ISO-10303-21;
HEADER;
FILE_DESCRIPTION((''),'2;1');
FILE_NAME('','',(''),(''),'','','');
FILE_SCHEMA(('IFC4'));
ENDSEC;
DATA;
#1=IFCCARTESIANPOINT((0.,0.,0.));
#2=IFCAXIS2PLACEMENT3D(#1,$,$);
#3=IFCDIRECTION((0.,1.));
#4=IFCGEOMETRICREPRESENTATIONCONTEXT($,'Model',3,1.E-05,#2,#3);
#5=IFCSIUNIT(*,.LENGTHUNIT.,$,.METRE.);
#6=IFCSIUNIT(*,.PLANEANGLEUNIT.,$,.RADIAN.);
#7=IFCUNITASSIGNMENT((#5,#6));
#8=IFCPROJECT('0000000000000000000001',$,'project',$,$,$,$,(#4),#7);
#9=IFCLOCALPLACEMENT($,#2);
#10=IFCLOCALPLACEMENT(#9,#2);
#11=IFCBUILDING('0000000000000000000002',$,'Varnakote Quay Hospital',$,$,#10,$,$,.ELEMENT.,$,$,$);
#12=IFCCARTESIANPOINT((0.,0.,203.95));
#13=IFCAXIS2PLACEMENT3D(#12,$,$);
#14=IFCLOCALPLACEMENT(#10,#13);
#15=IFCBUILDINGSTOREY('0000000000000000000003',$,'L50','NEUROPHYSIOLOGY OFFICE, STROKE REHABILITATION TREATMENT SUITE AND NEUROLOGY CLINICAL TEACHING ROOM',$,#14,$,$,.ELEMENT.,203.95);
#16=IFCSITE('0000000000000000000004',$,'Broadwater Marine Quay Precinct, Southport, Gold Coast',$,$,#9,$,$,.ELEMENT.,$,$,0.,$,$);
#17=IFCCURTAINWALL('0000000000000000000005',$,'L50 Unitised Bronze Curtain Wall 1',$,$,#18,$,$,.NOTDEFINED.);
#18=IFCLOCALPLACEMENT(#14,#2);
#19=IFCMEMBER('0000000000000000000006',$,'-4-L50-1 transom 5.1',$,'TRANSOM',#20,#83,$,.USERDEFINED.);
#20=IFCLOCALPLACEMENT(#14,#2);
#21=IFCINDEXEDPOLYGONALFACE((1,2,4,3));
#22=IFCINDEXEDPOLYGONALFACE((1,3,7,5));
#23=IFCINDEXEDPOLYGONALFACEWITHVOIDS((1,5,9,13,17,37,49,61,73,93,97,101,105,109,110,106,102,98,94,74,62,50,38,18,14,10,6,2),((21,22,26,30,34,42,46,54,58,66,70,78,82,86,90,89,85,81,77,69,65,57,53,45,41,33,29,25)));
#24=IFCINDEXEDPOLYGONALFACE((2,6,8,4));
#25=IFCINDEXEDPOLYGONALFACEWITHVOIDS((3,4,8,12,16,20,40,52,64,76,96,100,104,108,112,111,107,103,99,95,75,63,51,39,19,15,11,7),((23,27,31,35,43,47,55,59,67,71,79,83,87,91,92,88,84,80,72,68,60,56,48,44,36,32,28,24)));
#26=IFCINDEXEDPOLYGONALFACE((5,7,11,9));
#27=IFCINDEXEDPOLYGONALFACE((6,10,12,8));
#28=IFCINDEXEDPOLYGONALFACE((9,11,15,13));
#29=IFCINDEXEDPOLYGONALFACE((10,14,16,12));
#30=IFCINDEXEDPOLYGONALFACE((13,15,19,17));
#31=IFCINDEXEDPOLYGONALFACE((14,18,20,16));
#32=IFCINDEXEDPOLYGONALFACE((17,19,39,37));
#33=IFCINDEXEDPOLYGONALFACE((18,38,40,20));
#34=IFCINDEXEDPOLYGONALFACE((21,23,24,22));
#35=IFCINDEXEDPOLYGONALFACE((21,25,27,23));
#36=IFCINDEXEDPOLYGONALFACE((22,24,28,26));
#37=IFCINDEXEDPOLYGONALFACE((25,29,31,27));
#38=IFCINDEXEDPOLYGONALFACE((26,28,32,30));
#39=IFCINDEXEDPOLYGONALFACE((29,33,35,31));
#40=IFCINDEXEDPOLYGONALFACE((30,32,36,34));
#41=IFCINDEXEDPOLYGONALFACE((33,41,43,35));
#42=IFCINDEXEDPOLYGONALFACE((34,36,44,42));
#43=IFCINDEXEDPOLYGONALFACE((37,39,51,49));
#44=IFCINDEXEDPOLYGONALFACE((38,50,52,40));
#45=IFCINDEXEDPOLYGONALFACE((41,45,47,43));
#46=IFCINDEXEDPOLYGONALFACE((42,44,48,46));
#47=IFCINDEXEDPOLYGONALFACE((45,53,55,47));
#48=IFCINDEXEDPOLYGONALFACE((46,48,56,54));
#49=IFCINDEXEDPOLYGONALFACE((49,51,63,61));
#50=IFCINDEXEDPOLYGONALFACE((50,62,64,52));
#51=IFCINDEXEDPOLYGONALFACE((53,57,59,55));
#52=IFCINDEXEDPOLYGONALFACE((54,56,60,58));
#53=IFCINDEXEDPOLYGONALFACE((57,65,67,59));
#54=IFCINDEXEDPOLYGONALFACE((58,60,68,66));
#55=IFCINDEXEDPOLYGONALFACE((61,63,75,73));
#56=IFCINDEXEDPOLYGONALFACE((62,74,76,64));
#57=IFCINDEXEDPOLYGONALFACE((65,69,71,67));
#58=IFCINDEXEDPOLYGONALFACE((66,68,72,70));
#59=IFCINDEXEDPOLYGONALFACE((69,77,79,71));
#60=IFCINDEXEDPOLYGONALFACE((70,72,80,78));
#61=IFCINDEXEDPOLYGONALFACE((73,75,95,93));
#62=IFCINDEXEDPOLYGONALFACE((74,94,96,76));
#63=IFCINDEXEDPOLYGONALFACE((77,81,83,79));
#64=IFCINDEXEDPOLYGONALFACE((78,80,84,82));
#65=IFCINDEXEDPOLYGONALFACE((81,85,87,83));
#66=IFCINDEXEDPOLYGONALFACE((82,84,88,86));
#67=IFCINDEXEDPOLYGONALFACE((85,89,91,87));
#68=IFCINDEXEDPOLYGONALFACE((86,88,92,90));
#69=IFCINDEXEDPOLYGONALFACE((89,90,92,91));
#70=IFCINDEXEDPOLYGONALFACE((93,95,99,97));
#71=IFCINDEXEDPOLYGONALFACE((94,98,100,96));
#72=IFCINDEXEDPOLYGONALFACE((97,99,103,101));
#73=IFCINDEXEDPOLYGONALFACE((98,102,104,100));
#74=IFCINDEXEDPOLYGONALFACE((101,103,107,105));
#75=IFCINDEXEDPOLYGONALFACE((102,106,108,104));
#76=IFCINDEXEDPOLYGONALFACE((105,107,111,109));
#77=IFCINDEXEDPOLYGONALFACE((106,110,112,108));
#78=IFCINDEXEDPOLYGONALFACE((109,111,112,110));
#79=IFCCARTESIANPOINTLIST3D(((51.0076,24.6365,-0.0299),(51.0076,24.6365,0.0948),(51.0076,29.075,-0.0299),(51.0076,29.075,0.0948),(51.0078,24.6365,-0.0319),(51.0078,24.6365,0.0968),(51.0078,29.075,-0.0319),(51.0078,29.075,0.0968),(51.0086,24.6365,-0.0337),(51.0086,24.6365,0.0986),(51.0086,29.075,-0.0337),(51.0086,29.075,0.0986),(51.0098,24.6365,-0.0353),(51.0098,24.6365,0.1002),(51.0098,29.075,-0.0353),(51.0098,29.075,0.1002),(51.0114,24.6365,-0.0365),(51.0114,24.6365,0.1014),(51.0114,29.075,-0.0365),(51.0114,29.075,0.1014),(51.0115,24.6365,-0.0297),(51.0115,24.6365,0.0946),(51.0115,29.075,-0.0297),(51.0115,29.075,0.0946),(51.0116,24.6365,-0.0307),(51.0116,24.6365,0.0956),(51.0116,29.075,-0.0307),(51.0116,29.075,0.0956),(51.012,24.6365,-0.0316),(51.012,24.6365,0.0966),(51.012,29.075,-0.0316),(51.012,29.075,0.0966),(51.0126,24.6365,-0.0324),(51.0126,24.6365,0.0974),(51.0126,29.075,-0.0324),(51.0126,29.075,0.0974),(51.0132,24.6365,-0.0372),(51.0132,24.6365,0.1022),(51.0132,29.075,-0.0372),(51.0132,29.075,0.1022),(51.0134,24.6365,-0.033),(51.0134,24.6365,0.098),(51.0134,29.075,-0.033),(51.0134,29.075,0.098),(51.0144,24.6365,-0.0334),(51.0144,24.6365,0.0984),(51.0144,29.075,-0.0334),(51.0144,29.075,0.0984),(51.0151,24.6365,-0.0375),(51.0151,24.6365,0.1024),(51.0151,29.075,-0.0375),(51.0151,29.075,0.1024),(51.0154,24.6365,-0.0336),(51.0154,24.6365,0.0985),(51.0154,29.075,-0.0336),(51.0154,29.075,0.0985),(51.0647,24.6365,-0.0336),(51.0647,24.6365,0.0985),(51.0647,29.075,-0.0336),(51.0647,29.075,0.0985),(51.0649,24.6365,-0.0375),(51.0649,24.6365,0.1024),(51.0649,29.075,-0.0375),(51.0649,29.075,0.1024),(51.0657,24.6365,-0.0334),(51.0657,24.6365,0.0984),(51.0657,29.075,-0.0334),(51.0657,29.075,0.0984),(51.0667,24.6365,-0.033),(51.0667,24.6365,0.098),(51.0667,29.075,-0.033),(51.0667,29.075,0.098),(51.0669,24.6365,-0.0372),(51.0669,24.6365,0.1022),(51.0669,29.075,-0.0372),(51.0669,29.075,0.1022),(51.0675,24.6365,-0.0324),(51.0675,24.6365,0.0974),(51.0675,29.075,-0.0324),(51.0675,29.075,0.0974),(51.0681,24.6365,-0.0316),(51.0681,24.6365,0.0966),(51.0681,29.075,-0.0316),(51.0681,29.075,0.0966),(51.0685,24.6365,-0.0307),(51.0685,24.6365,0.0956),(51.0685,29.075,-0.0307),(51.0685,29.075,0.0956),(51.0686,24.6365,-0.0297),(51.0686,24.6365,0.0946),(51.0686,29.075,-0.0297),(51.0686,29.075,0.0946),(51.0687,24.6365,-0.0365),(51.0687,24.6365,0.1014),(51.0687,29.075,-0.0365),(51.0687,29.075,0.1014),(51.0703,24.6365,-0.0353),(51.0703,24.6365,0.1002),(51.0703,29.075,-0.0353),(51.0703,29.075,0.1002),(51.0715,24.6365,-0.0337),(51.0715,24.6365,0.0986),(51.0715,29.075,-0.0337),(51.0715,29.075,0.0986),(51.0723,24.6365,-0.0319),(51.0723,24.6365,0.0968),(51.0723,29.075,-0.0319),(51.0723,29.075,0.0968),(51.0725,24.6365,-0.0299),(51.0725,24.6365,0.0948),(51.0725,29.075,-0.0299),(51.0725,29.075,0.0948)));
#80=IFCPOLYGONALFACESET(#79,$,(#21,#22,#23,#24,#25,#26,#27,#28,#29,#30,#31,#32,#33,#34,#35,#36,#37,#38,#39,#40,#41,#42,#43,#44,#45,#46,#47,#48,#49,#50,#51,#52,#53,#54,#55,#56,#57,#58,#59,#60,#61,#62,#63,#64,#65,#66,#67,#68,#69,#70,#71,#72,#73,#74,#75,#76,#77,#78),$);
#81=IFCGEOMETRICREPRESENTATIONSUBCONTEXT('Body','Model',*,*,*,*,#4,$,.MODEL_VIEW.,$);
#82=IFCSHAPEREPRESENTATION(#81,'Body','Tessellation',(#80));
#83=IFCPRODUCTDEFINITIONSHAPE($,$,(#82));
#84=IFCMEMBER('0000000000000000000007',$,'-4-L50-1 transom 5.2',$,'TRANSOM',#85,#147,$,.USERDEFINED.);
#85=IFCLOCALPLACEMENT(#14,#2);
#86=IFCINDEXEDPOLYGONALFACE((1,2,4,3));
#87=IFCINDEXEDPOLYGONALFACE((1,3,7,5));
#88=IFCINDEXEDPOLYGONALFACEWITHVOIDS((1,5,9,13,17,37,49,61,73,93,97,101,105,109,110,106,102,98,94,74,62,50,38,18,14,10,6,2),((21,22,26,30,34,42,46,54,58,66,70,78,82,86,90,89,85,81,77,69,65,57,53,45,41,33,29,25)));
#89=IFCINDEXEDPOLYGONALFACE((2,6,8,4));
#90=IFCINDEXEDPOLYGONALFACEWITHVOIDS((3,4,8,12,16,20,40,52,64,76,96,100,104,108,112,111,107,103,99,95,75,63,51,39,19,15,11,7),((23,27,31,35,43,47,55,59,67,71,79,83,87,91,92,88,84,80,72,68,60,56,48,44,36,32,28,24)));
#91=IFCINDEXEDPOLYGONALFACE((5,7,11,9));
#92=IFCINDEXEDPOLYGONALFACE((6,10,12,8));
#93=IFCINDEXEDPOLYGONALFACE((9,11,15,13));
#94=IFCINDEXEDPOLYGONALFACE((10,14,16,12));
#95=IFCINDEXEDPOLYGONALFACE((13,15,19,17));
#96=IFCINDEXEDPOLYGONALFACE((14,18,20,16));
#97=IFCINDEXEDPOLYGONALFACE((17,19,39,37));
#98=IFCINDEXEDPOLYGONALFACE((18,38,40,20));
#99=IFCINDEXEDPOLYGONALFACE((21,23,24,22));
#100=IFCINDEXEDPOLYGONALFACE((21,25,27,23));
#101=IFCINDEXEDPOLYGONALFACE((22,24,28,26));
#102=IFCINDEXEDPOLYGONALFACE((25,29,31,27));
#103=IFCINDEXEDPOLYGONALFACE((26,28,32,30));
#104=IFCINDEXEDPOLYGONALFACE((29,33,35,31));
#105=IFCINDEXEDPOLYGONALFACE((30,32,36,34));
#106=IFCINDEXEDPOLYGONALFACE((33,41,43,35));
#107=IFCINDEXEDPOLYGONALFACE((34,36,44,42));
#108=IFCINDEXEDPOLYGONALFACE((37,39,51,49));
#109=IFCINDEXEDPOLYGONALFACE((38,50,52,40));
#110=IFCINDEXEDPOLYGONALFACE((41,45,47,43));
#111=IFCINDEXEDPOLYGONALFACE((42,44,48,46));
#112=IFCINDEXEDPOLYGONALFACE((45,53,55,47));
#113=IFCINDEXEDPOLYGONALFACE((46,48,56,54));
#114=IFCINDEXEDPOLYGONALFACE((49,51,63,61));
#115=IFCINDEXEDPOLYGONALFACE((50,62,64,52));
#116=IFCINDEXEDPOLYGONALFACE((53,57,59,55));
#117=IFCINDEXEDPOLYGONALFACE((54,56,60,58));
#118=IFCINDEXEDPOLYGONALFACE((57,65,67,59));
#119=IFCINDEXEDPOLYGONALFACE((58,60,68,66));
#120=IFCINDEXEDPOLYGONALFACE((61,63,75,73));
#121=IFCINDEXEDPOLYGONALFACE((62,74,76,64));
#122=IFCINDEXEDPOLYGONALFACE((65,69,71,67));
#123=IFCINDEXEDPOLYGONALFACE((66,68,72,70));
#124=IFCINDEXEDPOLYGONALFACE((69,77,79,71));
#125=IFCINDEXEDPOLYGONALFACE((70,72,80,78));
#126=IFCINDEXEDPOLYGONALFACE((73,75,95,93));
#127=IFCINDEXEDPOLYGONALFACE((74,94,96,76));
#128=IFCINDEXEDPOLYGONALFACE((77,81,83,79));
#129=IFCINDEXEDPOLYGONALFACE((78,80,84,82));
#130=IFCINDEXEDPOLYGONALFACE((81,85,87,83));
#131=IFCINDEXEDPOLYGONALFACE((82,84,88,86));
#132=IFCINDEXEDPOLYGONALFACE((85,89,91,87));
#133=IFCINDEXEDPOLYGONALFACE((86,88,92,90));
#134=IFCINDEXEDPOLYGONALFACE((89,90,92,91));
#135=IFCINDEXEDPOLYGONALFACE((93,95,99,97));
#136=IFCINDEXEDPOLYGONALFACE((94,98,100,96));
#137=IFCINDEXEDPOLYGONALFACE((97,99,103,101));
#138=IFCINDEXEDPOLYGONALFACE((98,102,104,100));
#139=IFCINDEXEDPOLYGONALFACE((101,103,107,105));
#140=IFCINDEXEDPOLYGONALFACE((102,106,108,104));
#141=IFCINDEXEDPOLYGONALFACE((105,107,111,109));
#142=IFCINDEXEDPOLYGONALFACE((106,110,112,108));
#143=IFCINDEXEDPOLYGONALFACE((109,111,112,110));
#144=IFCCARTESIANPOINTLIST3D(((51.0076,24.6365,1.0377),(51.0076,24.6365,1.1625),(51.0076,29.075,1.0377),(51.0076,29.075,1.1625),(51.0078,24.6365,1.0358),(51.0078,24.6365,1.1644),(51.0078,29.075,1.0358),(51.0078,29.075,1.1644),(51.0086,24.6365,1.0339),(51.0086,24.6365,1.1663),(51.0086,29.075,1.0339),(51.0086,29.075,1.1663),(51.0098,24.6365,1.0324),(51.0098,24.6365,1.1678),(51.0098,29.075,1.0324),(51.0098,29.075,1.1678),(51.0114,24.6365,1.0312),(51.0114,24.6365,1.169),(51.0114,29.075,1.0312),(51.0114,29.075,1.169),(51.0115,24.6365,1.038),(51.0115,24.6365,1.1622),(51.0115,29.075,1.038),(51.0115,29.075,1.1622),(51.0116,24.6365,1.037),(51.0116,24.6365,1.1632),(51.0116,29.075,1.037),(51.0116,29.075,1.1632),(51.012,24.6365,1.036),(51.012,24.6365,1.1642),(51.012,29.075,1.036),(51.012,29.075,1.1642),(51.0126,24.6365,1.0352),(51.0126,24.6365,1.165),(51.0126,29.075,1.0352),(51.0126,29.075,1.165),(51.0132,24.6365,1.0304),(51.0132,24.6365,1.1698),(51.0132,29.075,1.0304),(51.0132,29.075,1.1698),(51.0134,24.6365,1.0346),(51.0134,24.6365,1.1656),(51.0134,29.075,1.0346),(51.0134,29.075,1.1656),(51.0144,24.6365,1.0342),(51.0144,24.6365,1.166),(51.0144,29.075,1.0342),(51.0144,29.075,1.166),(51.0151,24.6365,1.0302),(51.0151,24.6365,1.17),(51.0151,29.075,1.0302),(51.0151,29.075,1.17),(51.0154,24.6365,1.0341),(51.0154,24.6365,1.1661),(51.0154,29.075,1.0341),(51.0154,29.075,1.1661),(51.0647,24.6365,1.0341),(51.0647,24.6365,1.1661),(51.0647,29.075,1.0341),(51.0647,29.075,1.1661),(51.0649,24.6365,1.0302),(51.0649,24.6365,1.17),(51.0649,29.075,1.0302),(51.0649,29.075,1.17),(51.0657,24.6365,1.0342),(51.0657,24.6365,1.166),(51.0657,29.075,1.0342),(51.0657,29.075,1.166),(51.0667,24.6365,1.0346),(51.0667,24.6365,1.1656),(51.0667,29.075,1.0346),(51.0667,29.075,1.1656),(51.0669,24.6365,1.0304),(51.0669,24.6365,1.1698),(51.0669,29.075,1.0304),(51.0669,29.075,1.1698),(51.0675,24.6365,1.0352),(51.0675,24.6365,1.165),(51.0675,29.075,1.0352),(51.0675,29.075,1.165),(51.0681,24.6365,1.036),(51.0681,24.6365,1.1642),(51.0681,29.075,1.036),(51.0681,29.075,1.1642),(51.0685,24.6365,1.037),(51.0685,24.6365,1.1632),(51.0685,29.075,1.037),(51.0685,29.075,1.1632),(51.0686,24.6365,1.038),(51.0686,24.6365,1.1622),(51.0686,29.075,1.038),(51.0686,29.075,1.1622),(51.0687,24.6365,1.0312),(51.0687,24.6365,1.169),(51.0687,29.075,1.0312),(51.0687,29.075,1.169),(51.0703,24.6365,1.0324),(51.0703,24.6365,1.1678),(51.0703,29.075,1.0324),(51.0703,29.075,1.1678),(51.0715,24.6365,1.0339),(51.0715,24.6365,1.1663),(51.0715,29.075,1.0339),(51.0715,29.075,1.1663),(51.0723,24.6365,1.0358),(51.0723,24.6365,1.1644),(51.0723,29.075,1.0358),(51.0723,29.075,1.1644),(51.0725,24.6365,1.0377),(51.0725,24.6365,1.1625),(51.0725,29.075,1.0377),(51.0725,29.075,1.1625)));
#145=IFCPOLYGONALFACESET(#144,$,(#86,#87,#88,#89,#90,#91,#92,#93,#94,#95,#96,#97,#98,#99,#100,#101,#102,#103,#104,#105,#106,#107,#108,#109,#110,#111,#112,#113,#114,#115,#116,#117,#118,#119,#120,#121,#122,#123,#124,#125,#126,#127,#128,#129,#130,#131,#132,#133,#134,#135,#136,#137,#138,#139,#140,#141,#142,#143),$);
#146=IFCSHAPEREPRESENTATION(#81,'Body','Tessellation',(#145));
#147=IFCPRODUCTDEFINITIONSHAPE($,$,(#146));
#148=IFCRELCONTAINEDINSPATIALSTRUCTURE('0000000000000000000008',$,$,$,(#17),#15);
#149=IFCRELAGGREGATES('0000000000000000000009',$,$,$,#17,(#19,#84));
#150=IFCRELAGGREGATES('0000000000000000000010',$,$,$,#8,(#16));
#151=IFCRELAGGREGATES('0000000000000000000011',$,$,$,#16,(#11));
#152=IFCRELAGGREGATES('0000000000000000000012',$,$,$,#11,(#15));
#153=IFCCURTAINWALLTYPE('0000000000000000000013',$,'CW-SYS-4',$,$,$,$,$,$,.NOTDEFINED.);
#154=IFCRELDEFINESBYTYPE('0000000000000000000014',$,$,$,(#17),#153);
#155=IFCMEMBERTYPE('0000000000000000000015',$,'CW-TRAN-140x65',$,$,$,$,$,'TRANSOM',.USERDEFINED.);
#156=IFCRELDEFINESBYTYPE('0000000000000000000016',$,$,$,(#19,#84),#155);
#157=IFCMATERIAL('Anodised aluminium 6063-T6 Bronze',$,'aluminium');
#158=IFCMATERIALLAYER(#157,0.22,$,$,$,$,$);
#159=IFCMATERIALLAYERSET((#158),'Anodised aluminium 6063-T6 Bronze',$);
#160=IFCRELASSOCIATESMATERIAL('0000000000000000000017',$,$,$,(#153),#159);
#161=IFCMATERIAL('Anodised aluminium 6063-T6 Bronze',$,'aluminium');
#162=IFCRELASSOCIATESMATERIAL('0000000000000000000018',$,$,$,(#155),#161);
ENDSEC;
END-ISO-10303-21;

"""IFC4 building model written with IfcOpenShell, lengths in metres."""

from ifc_helpers import new_model, si_unit, direction, frame, origin, origin_2d, place, context, subcontext, project, spatial, hollow_rectangle, extrude, material, layer, layer_set, material_profile, profile_set, type_object, element, aggregate, save


model = new_model("IFC4")

# Units and contexts
model_context = context("Model", 3, precision=1e-05, world=origin(), true_north=direction((0.0, 1.0)))
body_context = subcontext(model_context, "Body", "Model", "MODEL_VIEW")
ifc_project = project(units=[si_unit("LENGTHUNIT", "METRE"), si_unit("PLANEANGLEUNIT", "RADIAN")], contexts=[model_context])

# Site, building, storey
site_placement = place(None, origin())
site = spatial("IfcSite", under=ifc_project, at=site_placement, Name="Broadwater Marine Quay Precinct, Southport, Gold Coast", CompositionType="ELEMENT", RefElevation=0.0)
building_placement = place(site_placement, origin())
building = spatial("IfcBuilding", under=site, at=building_placement, Name="Varnakote Quay Hospital", CompositionType="ELEMENT")
storey_placement = place(building_placement, frame((0.0, 0.0, 203.95)))
storey = spatial("IfcBuildingStorey", under=building, at=storey_placement, Name="L50", Description="NEUROPHYSIOLOGY OFFICE, STROKE REHABILITATION TREATMENT SUITE AND NEUROLOGY CLINICAL TEACHING ROOM", CompositionType="ELEMENT", Elevation=203.95)

# Curtain wall
ifc_material_1 = material(Name="Anodised aluminium 6063-T6 Bronze", Category="aluminium")
ifc_layer_1 = layer(ifc_material_1, 0.22)
ifc_layer_set_1 = layer_set([ifc_layer_1], Name="Anodised aluminium 6063-T6 Bronze")
curtain_wall_type = type_object("IfcCurtainWallType", Name="CW-SYS-4", PredefinedType="NOTDEFINED", material=ifc_layer_set_1)
curtain_wall_1_placement = place(storey_placement, origin())
curtain_wall_1 = element("IfcCurtainWall", 1, at=curtain_wall_1_placement, inside=storey, type_object=curtain_wall_type, Name="L50 Unitised Bronze Curtain Wall 1", PredefinedType="NOTDEFINED")

# Members
ifc_material_2 = material(Name="Anodised aluminium 6063-T6 Bronze", Category="aluminium")
ifc_material_profile_1 = material_profile(ifc_material_2, hollow_rectangle(XDim=0.0649, YDim=0.1399, WallThickness=0.0039, InnerFilletRadius=0.0039, OuterFilletRadius=0.0076, at=origin_2d()), Name="CW-TRAN-140x65")
ifc_profile_set_1 = profile_set([ifc_material_profile_1], Name="Anodised aluminium 6063-T6 Bronze")
member_type_1 = type_object("IfcMemberType", Name="CW-TRAN-140x65", ElementType="TRANSOM", PredefinedType="USERDEFINED", material=ifc_profile_set_1)
member_1_placement = place(storey_placement, frame((51.04, 24.6365, 0.0325), z_axis=(0.0, 1.0, 0.0), x_axis=(-1.0, 0.0, 0.0)))
member_1 = element("IfcMember", 2, at=member_1_placement, type_object=member_type_1, Name="-4-L50-1 transom 5.1", ObjectType="TRANSOM", PredefinedType="USERDEFINED", context=body_context, shape_type="SweptSolid", body=[
    extrude(hollow_rectangle(XDim=0.0649, YDim=0.1399, WallThickness=0.0039, InnerFilletRadius=0.0039, OuterFilletRadius=0.0076, at=origin_2d()), origin(), (0.0, 0.0, 1.0), 4.4385),
])
member_2_placement = place(storey_placement, frame((51.04, 24.6365, 1.1001), z_axis=(0.0, 1.0, 0.0), x_axis=(-1.0, 0.0, 0.0)))
member_2 = element("IfcMember", 3, at=member_2_placement, type_object=member_type_1, Name="-4-L50-1 transom 5.2", ObjectType="TRANSOM", PredefinedType="USERDEFINED", context=body_context, shape_type="SweptSolid", body=[
    extrude(hollow_rectangle(XDim=0.0649, YDim=0.1399, WallThickness=0.0039, InnerFilletRadius=0.0039, OuterFilletRadius=0.0076, at=origin_2d()), origin(), (0.0, 0.0, 1.0), 4.4385),
])

aggregate(curtain_wall_1, [member_1, member_2])

save(model, "model.ifc")
